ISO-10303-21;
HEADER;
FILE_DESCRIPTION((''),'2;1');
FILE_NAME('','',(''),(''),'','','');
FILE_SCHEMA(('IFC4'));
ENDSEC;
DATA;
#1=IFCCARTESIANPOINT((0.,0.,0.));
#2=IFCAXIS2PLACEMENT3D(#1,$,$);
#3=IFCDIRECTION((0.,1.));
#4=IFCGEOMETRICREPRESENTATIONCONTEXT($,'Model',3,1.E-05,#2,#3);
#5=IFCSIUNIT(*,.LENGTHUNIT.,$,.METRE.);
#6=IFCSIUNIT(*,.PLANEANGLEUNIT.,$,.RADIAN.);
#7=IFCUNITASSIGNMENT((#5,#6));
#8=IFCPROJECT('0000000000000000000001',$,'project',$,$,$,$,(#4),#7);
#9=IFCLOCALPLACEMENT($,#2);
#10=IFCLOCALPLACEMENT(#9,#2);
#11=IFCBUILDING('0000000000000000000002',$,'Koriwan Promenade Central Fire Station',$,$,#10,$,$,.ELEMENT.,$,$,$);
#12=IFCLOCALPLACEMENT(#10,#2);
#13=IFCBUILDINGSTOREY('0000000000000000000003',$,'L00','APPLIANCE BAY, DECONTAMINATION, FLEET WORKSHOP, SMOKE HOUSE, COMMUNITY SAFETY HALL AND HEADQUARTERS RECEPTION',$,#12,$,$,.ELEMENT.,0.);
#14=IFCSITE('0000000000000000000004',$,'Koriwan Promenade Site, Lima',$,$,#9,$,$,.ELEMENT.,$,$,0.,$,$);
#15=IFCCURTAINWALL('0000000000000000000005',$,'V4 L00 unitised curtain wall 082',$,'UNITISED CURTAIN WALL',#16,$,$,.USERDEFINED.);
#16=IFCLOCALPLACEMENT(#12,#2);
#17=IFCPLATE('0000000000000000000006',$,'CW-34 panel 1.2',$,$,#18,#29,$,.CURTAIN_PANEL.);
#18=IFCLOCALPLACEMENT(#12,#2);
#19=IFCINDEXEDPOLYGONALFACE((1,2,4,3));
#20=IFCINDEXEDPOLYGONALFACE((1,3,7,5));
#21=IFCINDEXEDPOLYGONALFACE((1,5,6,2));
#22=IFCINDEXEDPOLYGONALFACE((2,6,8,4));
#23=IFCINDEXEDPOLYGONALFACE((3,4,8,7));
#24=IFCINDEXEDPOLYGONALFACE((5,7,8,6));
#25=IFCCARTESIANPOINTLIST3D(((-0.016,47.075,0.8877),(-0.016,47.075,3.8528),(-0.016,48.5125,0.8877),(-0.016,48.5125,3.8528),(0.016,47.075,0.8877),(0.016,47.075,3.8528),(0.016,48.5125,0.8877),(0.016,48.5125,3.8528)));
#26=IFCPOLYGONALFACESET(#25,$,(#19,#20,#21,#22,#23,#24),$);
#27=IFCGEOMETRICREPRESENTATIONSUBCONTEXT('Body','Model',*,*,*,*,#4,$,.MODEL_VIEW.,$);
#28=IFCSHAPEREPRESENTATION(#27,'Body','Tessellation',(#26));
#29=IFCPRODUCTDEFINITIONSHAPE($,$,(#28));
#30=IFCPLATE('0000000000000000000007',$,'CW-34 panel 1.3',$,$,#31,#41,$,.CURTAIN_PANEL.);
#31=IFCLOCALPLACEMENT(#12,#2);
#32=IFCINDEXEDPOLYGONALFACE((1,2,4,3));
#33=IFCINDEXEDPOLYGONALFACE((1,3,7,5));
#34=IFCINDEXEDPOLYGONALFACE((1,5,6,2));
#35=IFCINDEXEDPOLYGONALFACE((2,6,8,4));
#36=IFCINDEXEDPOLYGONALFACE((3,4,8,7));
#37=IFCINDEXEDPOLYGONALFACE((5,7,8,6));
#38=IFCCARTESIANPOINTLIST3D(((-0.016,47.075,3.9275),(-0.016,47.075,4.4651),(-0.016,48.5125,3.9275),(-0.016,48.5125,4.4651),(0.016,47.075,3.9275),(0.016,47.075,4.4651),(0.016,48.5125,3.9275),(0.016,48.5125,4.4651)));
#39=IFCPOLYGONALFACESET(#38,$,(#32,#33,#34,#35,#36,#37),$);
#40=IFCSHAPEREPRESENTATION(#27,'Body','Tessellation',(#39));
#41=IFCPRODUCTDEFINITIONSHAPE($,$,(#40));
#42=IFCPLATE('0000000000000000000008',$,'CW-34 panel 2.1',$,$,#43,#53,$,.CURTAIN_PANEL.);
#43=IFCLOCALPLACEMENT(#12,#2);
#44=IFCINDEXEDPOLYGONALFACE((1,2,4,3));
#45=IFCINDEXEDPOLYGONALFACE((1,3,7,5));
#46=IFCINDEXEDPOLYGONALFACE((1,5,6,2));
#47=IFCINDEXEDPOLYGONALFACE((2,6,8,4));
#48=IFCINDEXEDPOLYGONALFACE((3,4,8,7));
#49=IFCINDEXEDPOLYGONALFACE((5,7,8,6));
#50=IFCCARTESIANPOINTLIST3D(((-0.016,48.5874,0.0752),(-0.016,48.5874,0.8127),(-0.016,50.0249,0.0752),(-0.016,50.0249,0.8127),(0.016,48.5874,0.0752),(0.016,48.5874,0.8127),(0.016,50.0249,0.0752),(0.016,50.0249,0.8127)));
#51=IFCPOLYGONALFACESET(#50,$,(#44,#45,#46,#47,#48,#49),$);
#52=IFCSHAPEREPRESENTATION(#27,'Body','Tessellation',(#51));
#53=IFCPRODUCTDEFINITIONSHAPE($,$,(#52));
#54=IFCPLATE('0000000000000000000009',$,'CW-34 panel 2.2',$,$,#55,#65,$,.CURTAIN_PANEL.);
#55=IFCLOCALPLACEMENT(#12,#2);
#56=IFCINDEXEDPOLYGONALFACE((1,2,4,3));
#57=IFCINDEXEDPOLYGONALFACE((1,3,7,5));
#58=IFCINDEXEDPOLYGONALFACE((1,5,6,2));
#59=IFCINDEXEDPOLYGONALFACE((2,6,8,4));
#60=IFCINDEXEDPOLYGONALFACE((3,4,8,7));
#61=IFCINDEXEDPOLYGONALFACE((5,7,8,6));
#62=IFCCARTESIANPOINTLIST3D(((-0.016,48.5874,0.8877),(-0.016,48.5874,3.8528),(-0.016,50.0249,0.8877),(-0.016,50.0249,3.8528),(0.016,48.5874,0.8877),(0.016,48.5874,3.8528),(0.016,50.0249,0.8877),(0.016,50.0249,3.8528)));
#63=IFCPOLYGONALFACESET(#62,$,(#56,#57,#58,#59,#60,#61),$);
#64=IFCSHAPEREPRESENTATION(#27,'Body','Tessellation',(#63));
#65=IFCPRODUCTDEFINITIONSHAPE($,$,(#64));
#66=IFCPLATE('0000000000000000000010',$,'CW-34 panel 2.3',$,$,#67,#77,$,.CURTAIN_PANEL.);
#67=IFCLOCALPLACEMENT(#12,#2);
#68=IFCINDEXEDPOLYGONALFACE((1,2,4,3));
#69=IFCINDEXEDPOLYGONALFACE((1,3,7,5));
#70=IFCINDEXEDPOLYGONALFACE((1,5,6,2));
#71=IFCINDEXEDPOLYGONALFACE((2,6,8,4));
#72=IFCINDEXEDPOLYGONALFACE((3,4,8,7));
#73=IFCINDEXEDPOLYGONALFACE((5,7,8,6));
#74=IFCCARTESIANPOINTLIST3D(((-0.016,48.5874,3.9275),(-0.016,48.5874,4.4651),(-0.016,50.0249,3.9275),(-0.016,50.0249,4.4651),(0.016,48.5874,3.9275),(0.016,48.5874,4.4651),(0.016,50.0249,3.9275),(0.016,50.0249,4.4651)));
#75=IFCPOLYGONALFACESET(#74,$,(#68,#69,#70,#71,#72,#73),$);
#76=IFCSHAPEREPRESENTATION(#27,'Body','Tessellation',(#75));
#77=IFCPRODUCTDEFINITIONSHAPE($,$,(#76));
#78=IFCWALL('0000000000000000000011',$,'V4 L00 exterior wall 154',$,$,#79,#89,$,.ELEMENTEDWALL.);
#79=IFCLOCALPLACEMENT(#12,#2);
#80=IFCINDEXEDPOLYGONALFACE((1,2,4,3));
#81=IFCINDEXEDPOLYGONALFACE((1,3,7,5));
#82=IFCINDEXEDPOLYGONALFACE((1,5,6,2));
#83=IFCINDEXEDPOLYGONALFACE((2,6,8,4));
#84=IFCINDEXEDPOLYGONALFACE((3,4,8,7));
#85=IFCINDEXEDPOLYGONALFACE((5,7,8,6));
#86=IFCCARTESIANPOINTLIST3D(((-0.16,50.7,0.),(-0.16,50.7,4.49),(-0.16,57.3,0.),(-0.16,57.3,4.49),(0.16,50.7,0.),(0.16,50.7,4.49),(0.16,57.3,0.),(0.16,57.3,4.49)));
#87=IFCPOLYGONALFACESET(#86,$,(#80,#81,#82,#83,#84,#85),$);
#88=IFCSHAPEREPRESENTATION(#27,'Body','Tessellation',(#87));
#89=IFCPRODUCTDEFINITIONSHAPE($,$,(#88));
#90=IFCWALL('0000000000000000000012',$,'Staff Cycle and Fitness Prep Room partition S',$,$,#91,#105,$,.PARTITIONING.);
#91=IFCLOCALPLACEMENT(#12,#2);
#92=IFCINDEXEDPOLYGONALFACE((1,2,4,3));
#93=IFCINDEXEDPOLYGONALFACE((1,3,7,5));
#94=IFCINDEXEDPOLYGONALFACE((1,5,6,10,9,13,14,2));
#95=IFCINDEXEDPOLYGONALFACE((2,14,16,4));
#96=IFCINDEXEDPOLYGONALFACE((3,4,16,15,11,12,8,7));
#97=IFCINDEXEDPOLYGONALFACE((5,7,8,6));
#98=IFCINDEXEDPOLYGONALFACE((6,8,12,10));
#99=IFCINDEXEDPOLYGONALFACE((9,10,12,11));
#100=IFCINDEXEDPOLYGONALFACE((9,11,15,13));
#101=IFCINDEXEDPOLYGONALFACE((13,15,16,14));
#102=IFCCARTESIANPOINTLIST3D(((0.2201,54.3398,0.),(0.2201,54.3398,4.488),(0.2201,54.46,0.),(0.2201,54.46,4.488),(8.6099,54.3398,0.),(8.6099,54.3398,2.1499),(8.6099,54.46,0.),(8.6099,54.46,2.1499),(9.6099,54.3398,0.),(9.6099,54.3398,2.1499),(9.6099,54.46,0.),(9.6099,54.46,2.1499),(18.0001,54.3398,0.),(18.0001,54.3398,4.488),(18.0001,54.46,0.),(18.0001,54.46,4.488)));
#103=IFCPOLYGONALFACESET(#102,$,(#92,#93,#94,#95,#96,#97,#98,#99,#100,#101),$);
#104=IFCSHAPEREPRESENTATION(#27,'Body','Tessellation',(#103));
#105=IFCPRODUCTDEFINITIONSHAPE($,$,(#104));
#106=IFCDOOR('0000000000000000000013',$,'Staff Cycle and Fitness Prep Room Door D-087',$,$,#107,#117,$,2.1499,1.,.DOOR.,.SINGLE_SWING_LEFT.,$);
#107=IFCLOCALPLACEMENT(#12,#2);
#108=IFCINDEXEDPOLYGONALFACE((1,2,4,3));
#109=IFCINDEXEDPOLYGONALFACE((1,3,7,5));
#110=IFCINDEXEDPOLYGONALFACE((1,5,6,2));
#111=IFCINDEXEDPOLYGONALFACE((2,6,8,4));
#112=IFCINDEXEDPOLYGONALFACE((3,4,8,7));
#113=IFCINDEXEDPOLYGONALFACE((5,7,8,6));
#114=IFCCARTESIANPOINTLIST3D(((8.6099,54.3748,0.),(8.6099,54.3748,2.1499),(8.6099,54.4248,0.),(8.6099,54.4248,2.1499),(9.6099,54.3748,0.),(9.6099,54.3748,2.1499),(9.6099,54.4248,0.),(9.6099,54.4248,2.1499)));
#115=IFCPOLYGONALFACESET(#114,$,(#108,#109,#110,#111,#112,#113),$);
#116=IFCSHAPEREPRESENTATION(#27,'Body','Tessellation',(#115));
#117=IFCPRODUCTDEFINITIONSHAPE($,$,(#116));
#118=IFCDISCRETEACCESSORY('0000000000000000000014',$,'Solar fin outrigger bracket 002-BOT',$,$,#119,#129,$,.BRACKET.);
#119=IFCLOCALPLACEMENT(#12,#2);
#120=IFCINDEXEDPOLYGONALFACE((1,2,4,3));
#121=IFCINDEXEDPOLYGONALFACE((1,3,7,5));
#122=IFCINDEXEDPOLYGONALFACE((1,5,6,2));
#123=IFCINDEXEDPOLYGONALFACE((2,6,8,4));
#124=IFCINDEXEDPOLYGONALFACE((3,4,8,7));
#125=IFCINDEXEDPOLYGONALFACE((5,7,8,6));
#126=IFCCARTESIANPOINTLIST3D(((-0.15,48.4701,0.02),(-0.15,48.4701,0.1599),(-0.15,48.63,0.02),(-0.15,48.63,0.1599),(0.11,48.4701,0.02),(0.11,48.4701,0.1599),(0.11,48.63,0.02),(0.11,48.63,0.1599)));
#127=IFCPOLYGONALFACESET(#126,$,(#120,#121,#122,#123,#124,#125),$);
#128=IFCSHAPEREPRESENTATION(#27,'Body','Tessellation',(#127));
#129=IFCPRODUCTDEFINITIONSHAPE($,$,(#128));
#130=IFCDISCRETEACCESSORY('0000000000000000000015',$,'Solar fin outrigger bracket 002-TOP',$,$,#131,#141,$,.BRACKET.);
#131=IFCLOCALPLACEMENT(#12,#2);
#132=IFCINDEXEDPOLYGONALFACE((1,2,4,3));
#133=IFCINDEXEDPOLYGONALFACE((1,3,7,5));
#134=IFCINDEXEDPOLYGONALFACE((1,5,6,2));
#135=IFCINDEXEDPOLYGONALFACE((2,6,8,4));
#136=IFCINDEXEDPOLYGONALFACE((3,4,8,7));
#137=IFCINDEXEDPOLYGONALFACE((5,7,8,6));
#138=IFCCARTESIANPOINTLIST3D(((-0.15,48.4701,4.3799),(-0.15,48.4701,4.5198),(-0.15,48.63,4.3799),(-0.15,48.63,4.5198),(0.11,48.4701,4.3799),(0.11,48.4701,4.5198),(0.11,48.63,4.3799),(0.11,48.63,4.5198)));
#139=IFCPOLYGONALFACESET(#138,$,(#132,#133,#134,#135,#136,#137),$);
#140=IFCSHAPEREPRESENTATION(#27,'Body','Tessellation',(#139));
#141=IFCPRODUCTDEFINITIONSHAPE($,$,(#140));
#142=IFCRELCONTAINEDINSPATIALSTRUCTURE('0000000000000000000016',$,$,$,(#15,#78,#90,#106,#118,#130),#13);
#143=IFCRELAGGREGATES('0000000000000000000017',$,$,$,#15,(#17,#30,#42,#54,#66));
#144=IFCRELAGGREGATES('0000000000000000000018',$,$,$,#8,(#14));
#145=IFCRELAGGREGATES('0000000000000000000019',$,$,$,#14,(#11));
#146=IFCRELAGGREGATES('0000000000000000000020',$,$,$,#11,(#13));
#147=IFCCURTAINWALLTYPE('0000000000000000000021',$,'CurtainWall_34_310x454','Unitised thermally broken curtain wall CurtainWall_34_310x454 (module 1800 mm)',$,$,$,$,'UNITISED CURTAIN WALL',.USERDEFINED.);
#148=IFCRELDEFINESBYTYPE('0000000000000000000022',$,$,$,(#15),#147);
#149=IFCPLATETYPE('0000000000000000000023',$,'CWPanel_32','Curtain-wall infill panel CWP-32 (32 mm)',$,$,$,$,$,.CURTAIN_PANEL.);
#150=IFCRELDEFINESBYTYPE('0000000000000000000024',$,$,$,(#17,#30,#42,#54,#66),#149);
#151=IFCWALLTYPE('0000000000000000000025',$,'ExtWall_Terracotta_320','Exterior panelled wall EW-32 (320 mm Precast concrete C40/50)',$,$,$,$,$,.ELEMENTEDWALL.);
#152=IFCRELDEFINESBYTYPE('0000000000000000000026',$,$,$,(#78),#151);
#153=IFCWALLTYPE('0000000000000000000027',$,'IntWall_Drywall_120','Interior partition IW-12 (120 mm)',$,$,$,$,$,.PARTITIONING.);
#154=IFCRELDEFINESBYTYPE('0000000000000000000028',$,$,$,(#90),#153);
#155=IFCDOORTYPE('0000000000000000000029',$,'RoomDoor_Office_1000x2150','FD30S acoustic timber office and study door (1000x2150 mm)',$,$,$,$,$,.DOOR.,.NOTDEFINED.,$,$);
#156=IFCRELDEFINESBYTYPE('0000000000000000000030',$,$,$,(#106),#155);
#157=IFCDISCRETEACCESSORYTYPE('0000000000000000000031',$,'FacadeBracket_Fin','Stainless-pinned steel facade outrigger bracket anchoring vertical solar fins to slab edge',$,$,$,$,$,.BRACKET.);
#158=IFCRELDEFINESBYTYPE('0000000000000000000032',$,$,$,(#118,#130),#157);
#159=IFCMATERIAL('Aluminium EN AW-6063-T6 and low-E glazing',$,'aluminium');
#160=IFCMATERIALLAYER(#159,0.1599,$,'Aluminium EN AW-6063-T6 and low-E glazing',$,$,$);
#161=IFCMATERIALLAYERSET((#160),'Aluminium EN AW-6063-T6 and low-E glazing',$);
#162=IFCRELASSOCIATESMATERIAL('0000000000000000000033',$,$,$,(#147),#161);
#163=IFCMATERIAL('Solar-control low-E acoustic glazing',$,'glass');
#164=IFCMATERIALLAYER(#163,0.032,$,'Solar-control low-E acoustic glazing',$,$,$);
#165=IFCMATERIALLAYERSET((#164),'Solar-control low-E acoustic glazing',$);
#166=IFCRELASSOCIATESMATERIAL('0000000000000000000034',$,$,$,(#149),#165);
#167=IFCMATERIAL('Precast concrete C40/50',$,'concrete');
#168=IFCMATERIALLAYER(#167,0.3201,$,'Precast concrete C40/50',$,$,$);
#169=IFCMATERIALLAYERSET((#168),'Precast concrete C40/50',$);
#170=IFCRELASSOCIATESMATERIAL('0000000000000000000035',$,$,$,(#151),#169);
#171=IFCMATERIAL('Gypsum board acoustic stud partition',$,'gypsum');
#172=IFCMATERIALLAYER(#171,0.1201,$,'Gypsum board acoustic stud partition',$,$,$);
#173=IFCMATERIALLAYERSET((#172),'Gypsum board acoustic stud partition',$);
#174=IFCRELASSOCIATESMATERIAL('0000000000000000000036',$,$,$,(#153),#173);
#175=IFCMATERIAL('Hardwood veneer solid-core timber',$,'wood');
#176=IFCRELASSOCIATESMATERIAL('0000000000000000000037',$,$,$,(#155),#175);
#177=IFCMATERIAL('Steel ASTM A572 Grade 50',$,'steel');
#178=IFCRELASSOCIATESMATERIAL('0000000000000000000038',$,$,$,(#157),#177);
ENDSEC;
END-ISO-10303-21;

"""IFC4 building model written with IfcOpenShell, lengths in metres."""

from ifc_helpers import new_model, si_unit, direction, frame, frame_2d, origin, origin_2d, place, context, subcontext, project, spatial, rectangle, extrude, material, layer, layer_set, type_object, element, fill, aggregate, save


model = new_model("IFC4")

# Units and contexts
model_context = context("Model", 3, precision=1e-05, world=origin(), true_north=direction((0.0, 1.0)))
body_context = subcontext(model_context, "Body", "Model", "MODEL_VIEW")
ifc_project = project(units=[si_unit("LENGTHUNIT", "METRE"), si_unit("PLANEANGLEUNIT", "RADIAN")], contexts=[model_context])

# Site, building, storey
site_placement = place(None, origin())
site = spatial("IfcSite", under=ifc_project, at=site_placement, Name="Koriwan Promenade Site, Lima", CompositionType="ELEMENT", RefElevation=0.0)
building_placement = place(site_placement, origin())
building = spatial("IfcBuilding", under=site, at=building_placement, Name="Koriwan Promenade Central Fire Station", CompositionType="ELEMENT")
storey_placement = place(building_placement, origin())
storey = spatial("IfcBuildingStorey", under=building, at=storey_placement, Name="L00", Description="APPLIANCE BAY, DECONTAMINATION, FLEET WORKSHOP, SMOKE HOUSE, COMMUNITY SAFETY HALL AND HEADQUARTERS RECEPTION", CompositionType="ELEMENT", Elevation=0.0)

# Curtain wall
ifc_material_1 = material(Name="Aluminium EN AW-6063-T6 and low-E glazing", Category="aluminium")
ifc_layer_1 = layer(ifc_material_1, 0.1599, Name="Aluminium EN AW-6063-T6 and low-E glazing")
ifc_layer_set_1 = layer_set([ifc_layer_1], Name="Aluminium EN AW-6063-T6 and low-E glazing")
curtain_wall_type = type_object("IfcCurtainWallType", Name="CurtainWall_34_310x454", Description="Unitised thermally broken curtain wall CurtainWall_34_310x454 (module 1800 mm)", ElementType="UNITISED CURTAIN WALL", PredefinedType="USERDEFINED", material=ifc_layer_set_1)
curtain_wall_placement = place(storey_placement, origin())
curtain_wall = element("IfcCurtainWall", 1, at=curtain_wall_placement, inside=storey, type_object=curtain_wall_type, Name="V4 L00 unitised curtain wall 082", ObjectType="UNITISED CURTAIN WALL", PredefinedType="USERDEFINED")

# Plates
ifc_material_2 = material(Name="Solar-control low-E acoustic glazing", Category="glass")
ifc_layer_2 = layer(ifc_material_2, 0.032, Name="Solar-control low-E acoustic glazing")
ifc_layer_set_2 = layer_set([ifc_layer_2], Name="Solar-control low-E acoustic glazing")
plate_type = type_object("IfcPlateType", Name="CWPanel_32", Description="Curtain-wall infill panel CWP-32 (32 mm)", PredefinedType="CURTAIN_PANEL", material=ifc_layer_set_2)
plate_1_placement = place(storey_placement, frame((0.0, 47.7937, 0.8877), z_axis=(0.0, 0.0, 1.0), x_axis=(0.0, 1.0, 0.0)))
plate_1 = element("IfcPlate", 2, at=plate_1_placement, type_object=plate_type, Name="CW-34 panel 1.2", PredefinedType="CURTAIN_PANEL", context=body_context, shape_type="SweptSolid", body=[
    extrude(rectangle(XDim=1.4375, YDim=0.032, at=origin_2d()), origin(), (0.0, 0.0, 1.0), 2.9651),
])
plate_2_placement = place(storey_placement, frame((0.0, 47.7937, 3.9275), z_axis=(0.0, 0.0, 1.0), x_axis=(0.0, 1.0, 0.0)))
plate_2 = element("IfcPlate", 3, at=plate_2_placement, type_object=plate_type, Name="CW-34 panel 1.3", PredefinedType="CURTAIN_PANEL", context=body_context, shape_type="SweptSolid", body=[
    extrude(rectangle(XDim=1.4375, YDim=0.032, at=origin_2d()), origin(), (0.0, 0.0, 1.0), 0.5376),
])
plate_3_placement = place(storey_placement, frame((0.0, 49.3062, 0.0752), z_axis=(0.0, 0.0, 1.0), x_axis=(0.0, 1.0, 0.0)))
plate_3 = element("IfcPlate", 4, at=plate_3_placement, type_object=plate_type, Name="CW-34 panel 2.1", PredefinedType="CURTAIN_PANEL", context=body_context, shape_type="SweptSolid", body=[
    extrude(rectangle(XDim=1.4375, YDim=0.032, at=origin_2d()), origin(), (0.0, 0.0, 1.0), 0.7375),
])
plate_4_placement = place(storey_placement, frame((0.0, 49.3062, 0.8877), z_axis=(0.0, 0.0, 1.0), x_axis=(0.0, 1.0, 0.0)))
plate_4 = element("IfcPlate", 5, at=plate_4_placement, type_object=plate_type, Name="CW-34 panel 2.2", PredefinedType="CURTAIN_PANEL", context=body_context, shape_type="SweptSolid", body=[
    extrude(rectangle(XDim=1.4375, YDim=0.032, at=origin_2d()), origin(), (0.0, 0.0, 1.0), 2.9651),
])
plate_5_placement = place(storey_placement, frame((0.0, 49.3062, 3.9275), z_axis=(0.0, 0.0, 1.0), x_axis=(0.0, 1.0, 0.0)))
plate_5 = element("IfcPlate", 6, at=plate_5_placement, type_object=plate_type, Name="CW-34 panel 2.3", PredefinedType="CURTAIN_PANEL", context=body_context, shape_type="SweptSolid", body=[
    extrude(rectangle(XDim=1.4375, YDim=0.032, at=origin_2d()), origin(), (0.0, 0.0, 1.0), 0.5376),
])
aggregate(curtain_wall, [plate_1, plate_2, plate_3, plate_4, plate_5])

# Wall
ifc_material_3 = material(Name="Precast concrete C40/50", Category="concrete")
ifc_layer_3 = layer(ifc_material_3, 0.3201, Name="Precast concrete C40/50")
ifc_layer_set_3 = layer_set([ifc_layer_3], Name="Precast concrete C40/50")
wall_type_1 = type_object("IfcWallType", Name="ExtWall_Terracotta_320", Description="Exterior panelled wall EW-32 (320 mm Precast concrete C40/50)", PredefinedType="ELEMENTEDWALL", material=ifc_layer_set_3)
wall_1_placement = place(storey_placement, frame((0.0, 50.7, 0.0), z_axis=(0.0, 0.0, 1.0), x_axis=(0.0, 1.0, 0.0)))
element("IfcWall", 7, at=wall_1_placement, inside=storey, type_object=wall_type_1, Name="V4 L00 exterior wall 154", PredefinedType="ELEMENTEDWALL", context=body_context, shape_type="SweptSolid", body=[
    extrude(rectangle(XDim=6.6001, YDim=0.3201, at=frame_2d((3.3, 0.0))), origin(), (0.0, 0.0, 1.0), 4.49),
])

# Wall, opening, door
ifc_material_4 = material(Name="Gypsum board acoustic stud partition", Category="gypsum")
ifc_layer_4 = layer(ifc_material_4, 0.1201, Name="Gypsum board acoustic stud partition")
ifc_layer_set_4 = layer_set([ifc_layer_4], Name="Gypsum board acoustic stud partition")
wall_type_2 = type_object("IfcWallType", Name="IntWall_Drywall_120", Description="Interior partition IW-12 (120 mm)", PredefinedType="PARTITIONING", material=ifc_layer_set_4)
ifc_material_5 = material(Name="Hardwood veneer solid-core timber", Category="wood")
door_type = type_object("IfcDoorType", Name="RoomDoor_Office_1000x2150", Description="FD30S acoustic timber office and study door (1000x2150 mm)", OperationType="NOTDEFINED", PredefinedType="DOOR", material=ifc_material_5)
wall_2_placement = place(storey_placement, frame((0.22, 54.3999, 0.0), z_axis=(0.0, 0.0, 1.0), x_axis=(1.0, 0.0, 0.0)))
wall_2 = element("IfcWall", 8, at=wall_2_placement, inside=storey, type_object=wall_type_2, Name="Staff Cycle and Fitness Prep Room partition S", PredefinedType="PARTITIONING", context=body_context, shape_type="SweptSolid", body=[
    extrude(rectangle(XDim=17.78, YDim=0.1201, at=frame_2d((8.8901, 0.0))), origin(), (0.0, 0.0, 1.0), 4.488),
])
opening_1_placement = place(wall_2_placement, frame((8.3899, 0.0, 0.0)))
opening_1 = element("IfcOpeningElement", 9, at=opening_1_placement, cuts=wall_2, PredefinedType="OPENING", context=body_context, shape_type="SweptSolid", body=[
    extrude(rectangle(XDim=1.0, YDim=2.1499, at=frame_2d((0.5, 1.075))), frame((0.0, 0.072, 0.0), z_axis=(0.0, -1.0, 0.0), x_axis=(1.0, 0.0, 0.0)), (0.0, 0.0, 1.0), 0.144),
])
door_1_placement = place(opening_1_placement, origin())
door_1 = element("IfcDoor", 10, at=door_1_placement, inside=storey, type_object=door_type, Name="Staff Cycle and Fitness Prep Room Door D-087", OperationType="SINGLE_SWING_LEFT", OverallHeight=2.1499, OverallWidth=1.0, PredefinedType="DOOR", context=body_context, shape_type="SweptSolid", body=[
    extrude(rectangle(XDim=1.0, YDim=2.1499, at=frame_2d((0.5, 1.075))), frame((0.0, 0.0249, 0.0), z_axis=(0.0, -1.0, 0.0), x_axis=(1.0, 0.0, 0.0)), (0.0, 0.0, 1.0), 0.05),
])
fill(opening_1, door_1)

# Discrete accessories
ifc_material_6 = material(Name="Steel ASTM A572 Grade 50", Category="steel")
discrete_accessory_type = type_object("IfcDiscreteAccessoryType", Name="FacadeBracket_Fin", Description="Stainless-pinned steel facade outrigger bracket anchoring vertical solar fins to slab edge", PredefinedType="BRACKET", material=ifc_material_6)
for number, where, z_axis, x_axis, name in (
    (11, (-0.02, 48.55, 0.02), (0.0, 0.0, 1.0), (-1.0, 0.0, 0.0), "Solar fin outrigger bracket 002-BOT"),
    (12, (-0.02, 48.55, 4.3799), (0.0, 0.0, 1.0), (-1.0, 0.0, 0.0), "Solar fin outrigger bracket 002-TOP"),
):
    element("IfcDiscreteAccessory", number, at=place(storey_placement, frame(where, z_axis=z_axis, x_axis=x_axis)), inside=storey, type_object=discrete_accessory_type, Name=name, PredefinedType="BRACKET", context=body_context, shape_type="SweptSolid", body=[
        extrude(rectangle(XDim=0.26, YDim=0.1599, at=origin_2d()), origin(), (0.0, 0.0, 1.0), 0.1399),
    ])

save(model, "model.ifc")
